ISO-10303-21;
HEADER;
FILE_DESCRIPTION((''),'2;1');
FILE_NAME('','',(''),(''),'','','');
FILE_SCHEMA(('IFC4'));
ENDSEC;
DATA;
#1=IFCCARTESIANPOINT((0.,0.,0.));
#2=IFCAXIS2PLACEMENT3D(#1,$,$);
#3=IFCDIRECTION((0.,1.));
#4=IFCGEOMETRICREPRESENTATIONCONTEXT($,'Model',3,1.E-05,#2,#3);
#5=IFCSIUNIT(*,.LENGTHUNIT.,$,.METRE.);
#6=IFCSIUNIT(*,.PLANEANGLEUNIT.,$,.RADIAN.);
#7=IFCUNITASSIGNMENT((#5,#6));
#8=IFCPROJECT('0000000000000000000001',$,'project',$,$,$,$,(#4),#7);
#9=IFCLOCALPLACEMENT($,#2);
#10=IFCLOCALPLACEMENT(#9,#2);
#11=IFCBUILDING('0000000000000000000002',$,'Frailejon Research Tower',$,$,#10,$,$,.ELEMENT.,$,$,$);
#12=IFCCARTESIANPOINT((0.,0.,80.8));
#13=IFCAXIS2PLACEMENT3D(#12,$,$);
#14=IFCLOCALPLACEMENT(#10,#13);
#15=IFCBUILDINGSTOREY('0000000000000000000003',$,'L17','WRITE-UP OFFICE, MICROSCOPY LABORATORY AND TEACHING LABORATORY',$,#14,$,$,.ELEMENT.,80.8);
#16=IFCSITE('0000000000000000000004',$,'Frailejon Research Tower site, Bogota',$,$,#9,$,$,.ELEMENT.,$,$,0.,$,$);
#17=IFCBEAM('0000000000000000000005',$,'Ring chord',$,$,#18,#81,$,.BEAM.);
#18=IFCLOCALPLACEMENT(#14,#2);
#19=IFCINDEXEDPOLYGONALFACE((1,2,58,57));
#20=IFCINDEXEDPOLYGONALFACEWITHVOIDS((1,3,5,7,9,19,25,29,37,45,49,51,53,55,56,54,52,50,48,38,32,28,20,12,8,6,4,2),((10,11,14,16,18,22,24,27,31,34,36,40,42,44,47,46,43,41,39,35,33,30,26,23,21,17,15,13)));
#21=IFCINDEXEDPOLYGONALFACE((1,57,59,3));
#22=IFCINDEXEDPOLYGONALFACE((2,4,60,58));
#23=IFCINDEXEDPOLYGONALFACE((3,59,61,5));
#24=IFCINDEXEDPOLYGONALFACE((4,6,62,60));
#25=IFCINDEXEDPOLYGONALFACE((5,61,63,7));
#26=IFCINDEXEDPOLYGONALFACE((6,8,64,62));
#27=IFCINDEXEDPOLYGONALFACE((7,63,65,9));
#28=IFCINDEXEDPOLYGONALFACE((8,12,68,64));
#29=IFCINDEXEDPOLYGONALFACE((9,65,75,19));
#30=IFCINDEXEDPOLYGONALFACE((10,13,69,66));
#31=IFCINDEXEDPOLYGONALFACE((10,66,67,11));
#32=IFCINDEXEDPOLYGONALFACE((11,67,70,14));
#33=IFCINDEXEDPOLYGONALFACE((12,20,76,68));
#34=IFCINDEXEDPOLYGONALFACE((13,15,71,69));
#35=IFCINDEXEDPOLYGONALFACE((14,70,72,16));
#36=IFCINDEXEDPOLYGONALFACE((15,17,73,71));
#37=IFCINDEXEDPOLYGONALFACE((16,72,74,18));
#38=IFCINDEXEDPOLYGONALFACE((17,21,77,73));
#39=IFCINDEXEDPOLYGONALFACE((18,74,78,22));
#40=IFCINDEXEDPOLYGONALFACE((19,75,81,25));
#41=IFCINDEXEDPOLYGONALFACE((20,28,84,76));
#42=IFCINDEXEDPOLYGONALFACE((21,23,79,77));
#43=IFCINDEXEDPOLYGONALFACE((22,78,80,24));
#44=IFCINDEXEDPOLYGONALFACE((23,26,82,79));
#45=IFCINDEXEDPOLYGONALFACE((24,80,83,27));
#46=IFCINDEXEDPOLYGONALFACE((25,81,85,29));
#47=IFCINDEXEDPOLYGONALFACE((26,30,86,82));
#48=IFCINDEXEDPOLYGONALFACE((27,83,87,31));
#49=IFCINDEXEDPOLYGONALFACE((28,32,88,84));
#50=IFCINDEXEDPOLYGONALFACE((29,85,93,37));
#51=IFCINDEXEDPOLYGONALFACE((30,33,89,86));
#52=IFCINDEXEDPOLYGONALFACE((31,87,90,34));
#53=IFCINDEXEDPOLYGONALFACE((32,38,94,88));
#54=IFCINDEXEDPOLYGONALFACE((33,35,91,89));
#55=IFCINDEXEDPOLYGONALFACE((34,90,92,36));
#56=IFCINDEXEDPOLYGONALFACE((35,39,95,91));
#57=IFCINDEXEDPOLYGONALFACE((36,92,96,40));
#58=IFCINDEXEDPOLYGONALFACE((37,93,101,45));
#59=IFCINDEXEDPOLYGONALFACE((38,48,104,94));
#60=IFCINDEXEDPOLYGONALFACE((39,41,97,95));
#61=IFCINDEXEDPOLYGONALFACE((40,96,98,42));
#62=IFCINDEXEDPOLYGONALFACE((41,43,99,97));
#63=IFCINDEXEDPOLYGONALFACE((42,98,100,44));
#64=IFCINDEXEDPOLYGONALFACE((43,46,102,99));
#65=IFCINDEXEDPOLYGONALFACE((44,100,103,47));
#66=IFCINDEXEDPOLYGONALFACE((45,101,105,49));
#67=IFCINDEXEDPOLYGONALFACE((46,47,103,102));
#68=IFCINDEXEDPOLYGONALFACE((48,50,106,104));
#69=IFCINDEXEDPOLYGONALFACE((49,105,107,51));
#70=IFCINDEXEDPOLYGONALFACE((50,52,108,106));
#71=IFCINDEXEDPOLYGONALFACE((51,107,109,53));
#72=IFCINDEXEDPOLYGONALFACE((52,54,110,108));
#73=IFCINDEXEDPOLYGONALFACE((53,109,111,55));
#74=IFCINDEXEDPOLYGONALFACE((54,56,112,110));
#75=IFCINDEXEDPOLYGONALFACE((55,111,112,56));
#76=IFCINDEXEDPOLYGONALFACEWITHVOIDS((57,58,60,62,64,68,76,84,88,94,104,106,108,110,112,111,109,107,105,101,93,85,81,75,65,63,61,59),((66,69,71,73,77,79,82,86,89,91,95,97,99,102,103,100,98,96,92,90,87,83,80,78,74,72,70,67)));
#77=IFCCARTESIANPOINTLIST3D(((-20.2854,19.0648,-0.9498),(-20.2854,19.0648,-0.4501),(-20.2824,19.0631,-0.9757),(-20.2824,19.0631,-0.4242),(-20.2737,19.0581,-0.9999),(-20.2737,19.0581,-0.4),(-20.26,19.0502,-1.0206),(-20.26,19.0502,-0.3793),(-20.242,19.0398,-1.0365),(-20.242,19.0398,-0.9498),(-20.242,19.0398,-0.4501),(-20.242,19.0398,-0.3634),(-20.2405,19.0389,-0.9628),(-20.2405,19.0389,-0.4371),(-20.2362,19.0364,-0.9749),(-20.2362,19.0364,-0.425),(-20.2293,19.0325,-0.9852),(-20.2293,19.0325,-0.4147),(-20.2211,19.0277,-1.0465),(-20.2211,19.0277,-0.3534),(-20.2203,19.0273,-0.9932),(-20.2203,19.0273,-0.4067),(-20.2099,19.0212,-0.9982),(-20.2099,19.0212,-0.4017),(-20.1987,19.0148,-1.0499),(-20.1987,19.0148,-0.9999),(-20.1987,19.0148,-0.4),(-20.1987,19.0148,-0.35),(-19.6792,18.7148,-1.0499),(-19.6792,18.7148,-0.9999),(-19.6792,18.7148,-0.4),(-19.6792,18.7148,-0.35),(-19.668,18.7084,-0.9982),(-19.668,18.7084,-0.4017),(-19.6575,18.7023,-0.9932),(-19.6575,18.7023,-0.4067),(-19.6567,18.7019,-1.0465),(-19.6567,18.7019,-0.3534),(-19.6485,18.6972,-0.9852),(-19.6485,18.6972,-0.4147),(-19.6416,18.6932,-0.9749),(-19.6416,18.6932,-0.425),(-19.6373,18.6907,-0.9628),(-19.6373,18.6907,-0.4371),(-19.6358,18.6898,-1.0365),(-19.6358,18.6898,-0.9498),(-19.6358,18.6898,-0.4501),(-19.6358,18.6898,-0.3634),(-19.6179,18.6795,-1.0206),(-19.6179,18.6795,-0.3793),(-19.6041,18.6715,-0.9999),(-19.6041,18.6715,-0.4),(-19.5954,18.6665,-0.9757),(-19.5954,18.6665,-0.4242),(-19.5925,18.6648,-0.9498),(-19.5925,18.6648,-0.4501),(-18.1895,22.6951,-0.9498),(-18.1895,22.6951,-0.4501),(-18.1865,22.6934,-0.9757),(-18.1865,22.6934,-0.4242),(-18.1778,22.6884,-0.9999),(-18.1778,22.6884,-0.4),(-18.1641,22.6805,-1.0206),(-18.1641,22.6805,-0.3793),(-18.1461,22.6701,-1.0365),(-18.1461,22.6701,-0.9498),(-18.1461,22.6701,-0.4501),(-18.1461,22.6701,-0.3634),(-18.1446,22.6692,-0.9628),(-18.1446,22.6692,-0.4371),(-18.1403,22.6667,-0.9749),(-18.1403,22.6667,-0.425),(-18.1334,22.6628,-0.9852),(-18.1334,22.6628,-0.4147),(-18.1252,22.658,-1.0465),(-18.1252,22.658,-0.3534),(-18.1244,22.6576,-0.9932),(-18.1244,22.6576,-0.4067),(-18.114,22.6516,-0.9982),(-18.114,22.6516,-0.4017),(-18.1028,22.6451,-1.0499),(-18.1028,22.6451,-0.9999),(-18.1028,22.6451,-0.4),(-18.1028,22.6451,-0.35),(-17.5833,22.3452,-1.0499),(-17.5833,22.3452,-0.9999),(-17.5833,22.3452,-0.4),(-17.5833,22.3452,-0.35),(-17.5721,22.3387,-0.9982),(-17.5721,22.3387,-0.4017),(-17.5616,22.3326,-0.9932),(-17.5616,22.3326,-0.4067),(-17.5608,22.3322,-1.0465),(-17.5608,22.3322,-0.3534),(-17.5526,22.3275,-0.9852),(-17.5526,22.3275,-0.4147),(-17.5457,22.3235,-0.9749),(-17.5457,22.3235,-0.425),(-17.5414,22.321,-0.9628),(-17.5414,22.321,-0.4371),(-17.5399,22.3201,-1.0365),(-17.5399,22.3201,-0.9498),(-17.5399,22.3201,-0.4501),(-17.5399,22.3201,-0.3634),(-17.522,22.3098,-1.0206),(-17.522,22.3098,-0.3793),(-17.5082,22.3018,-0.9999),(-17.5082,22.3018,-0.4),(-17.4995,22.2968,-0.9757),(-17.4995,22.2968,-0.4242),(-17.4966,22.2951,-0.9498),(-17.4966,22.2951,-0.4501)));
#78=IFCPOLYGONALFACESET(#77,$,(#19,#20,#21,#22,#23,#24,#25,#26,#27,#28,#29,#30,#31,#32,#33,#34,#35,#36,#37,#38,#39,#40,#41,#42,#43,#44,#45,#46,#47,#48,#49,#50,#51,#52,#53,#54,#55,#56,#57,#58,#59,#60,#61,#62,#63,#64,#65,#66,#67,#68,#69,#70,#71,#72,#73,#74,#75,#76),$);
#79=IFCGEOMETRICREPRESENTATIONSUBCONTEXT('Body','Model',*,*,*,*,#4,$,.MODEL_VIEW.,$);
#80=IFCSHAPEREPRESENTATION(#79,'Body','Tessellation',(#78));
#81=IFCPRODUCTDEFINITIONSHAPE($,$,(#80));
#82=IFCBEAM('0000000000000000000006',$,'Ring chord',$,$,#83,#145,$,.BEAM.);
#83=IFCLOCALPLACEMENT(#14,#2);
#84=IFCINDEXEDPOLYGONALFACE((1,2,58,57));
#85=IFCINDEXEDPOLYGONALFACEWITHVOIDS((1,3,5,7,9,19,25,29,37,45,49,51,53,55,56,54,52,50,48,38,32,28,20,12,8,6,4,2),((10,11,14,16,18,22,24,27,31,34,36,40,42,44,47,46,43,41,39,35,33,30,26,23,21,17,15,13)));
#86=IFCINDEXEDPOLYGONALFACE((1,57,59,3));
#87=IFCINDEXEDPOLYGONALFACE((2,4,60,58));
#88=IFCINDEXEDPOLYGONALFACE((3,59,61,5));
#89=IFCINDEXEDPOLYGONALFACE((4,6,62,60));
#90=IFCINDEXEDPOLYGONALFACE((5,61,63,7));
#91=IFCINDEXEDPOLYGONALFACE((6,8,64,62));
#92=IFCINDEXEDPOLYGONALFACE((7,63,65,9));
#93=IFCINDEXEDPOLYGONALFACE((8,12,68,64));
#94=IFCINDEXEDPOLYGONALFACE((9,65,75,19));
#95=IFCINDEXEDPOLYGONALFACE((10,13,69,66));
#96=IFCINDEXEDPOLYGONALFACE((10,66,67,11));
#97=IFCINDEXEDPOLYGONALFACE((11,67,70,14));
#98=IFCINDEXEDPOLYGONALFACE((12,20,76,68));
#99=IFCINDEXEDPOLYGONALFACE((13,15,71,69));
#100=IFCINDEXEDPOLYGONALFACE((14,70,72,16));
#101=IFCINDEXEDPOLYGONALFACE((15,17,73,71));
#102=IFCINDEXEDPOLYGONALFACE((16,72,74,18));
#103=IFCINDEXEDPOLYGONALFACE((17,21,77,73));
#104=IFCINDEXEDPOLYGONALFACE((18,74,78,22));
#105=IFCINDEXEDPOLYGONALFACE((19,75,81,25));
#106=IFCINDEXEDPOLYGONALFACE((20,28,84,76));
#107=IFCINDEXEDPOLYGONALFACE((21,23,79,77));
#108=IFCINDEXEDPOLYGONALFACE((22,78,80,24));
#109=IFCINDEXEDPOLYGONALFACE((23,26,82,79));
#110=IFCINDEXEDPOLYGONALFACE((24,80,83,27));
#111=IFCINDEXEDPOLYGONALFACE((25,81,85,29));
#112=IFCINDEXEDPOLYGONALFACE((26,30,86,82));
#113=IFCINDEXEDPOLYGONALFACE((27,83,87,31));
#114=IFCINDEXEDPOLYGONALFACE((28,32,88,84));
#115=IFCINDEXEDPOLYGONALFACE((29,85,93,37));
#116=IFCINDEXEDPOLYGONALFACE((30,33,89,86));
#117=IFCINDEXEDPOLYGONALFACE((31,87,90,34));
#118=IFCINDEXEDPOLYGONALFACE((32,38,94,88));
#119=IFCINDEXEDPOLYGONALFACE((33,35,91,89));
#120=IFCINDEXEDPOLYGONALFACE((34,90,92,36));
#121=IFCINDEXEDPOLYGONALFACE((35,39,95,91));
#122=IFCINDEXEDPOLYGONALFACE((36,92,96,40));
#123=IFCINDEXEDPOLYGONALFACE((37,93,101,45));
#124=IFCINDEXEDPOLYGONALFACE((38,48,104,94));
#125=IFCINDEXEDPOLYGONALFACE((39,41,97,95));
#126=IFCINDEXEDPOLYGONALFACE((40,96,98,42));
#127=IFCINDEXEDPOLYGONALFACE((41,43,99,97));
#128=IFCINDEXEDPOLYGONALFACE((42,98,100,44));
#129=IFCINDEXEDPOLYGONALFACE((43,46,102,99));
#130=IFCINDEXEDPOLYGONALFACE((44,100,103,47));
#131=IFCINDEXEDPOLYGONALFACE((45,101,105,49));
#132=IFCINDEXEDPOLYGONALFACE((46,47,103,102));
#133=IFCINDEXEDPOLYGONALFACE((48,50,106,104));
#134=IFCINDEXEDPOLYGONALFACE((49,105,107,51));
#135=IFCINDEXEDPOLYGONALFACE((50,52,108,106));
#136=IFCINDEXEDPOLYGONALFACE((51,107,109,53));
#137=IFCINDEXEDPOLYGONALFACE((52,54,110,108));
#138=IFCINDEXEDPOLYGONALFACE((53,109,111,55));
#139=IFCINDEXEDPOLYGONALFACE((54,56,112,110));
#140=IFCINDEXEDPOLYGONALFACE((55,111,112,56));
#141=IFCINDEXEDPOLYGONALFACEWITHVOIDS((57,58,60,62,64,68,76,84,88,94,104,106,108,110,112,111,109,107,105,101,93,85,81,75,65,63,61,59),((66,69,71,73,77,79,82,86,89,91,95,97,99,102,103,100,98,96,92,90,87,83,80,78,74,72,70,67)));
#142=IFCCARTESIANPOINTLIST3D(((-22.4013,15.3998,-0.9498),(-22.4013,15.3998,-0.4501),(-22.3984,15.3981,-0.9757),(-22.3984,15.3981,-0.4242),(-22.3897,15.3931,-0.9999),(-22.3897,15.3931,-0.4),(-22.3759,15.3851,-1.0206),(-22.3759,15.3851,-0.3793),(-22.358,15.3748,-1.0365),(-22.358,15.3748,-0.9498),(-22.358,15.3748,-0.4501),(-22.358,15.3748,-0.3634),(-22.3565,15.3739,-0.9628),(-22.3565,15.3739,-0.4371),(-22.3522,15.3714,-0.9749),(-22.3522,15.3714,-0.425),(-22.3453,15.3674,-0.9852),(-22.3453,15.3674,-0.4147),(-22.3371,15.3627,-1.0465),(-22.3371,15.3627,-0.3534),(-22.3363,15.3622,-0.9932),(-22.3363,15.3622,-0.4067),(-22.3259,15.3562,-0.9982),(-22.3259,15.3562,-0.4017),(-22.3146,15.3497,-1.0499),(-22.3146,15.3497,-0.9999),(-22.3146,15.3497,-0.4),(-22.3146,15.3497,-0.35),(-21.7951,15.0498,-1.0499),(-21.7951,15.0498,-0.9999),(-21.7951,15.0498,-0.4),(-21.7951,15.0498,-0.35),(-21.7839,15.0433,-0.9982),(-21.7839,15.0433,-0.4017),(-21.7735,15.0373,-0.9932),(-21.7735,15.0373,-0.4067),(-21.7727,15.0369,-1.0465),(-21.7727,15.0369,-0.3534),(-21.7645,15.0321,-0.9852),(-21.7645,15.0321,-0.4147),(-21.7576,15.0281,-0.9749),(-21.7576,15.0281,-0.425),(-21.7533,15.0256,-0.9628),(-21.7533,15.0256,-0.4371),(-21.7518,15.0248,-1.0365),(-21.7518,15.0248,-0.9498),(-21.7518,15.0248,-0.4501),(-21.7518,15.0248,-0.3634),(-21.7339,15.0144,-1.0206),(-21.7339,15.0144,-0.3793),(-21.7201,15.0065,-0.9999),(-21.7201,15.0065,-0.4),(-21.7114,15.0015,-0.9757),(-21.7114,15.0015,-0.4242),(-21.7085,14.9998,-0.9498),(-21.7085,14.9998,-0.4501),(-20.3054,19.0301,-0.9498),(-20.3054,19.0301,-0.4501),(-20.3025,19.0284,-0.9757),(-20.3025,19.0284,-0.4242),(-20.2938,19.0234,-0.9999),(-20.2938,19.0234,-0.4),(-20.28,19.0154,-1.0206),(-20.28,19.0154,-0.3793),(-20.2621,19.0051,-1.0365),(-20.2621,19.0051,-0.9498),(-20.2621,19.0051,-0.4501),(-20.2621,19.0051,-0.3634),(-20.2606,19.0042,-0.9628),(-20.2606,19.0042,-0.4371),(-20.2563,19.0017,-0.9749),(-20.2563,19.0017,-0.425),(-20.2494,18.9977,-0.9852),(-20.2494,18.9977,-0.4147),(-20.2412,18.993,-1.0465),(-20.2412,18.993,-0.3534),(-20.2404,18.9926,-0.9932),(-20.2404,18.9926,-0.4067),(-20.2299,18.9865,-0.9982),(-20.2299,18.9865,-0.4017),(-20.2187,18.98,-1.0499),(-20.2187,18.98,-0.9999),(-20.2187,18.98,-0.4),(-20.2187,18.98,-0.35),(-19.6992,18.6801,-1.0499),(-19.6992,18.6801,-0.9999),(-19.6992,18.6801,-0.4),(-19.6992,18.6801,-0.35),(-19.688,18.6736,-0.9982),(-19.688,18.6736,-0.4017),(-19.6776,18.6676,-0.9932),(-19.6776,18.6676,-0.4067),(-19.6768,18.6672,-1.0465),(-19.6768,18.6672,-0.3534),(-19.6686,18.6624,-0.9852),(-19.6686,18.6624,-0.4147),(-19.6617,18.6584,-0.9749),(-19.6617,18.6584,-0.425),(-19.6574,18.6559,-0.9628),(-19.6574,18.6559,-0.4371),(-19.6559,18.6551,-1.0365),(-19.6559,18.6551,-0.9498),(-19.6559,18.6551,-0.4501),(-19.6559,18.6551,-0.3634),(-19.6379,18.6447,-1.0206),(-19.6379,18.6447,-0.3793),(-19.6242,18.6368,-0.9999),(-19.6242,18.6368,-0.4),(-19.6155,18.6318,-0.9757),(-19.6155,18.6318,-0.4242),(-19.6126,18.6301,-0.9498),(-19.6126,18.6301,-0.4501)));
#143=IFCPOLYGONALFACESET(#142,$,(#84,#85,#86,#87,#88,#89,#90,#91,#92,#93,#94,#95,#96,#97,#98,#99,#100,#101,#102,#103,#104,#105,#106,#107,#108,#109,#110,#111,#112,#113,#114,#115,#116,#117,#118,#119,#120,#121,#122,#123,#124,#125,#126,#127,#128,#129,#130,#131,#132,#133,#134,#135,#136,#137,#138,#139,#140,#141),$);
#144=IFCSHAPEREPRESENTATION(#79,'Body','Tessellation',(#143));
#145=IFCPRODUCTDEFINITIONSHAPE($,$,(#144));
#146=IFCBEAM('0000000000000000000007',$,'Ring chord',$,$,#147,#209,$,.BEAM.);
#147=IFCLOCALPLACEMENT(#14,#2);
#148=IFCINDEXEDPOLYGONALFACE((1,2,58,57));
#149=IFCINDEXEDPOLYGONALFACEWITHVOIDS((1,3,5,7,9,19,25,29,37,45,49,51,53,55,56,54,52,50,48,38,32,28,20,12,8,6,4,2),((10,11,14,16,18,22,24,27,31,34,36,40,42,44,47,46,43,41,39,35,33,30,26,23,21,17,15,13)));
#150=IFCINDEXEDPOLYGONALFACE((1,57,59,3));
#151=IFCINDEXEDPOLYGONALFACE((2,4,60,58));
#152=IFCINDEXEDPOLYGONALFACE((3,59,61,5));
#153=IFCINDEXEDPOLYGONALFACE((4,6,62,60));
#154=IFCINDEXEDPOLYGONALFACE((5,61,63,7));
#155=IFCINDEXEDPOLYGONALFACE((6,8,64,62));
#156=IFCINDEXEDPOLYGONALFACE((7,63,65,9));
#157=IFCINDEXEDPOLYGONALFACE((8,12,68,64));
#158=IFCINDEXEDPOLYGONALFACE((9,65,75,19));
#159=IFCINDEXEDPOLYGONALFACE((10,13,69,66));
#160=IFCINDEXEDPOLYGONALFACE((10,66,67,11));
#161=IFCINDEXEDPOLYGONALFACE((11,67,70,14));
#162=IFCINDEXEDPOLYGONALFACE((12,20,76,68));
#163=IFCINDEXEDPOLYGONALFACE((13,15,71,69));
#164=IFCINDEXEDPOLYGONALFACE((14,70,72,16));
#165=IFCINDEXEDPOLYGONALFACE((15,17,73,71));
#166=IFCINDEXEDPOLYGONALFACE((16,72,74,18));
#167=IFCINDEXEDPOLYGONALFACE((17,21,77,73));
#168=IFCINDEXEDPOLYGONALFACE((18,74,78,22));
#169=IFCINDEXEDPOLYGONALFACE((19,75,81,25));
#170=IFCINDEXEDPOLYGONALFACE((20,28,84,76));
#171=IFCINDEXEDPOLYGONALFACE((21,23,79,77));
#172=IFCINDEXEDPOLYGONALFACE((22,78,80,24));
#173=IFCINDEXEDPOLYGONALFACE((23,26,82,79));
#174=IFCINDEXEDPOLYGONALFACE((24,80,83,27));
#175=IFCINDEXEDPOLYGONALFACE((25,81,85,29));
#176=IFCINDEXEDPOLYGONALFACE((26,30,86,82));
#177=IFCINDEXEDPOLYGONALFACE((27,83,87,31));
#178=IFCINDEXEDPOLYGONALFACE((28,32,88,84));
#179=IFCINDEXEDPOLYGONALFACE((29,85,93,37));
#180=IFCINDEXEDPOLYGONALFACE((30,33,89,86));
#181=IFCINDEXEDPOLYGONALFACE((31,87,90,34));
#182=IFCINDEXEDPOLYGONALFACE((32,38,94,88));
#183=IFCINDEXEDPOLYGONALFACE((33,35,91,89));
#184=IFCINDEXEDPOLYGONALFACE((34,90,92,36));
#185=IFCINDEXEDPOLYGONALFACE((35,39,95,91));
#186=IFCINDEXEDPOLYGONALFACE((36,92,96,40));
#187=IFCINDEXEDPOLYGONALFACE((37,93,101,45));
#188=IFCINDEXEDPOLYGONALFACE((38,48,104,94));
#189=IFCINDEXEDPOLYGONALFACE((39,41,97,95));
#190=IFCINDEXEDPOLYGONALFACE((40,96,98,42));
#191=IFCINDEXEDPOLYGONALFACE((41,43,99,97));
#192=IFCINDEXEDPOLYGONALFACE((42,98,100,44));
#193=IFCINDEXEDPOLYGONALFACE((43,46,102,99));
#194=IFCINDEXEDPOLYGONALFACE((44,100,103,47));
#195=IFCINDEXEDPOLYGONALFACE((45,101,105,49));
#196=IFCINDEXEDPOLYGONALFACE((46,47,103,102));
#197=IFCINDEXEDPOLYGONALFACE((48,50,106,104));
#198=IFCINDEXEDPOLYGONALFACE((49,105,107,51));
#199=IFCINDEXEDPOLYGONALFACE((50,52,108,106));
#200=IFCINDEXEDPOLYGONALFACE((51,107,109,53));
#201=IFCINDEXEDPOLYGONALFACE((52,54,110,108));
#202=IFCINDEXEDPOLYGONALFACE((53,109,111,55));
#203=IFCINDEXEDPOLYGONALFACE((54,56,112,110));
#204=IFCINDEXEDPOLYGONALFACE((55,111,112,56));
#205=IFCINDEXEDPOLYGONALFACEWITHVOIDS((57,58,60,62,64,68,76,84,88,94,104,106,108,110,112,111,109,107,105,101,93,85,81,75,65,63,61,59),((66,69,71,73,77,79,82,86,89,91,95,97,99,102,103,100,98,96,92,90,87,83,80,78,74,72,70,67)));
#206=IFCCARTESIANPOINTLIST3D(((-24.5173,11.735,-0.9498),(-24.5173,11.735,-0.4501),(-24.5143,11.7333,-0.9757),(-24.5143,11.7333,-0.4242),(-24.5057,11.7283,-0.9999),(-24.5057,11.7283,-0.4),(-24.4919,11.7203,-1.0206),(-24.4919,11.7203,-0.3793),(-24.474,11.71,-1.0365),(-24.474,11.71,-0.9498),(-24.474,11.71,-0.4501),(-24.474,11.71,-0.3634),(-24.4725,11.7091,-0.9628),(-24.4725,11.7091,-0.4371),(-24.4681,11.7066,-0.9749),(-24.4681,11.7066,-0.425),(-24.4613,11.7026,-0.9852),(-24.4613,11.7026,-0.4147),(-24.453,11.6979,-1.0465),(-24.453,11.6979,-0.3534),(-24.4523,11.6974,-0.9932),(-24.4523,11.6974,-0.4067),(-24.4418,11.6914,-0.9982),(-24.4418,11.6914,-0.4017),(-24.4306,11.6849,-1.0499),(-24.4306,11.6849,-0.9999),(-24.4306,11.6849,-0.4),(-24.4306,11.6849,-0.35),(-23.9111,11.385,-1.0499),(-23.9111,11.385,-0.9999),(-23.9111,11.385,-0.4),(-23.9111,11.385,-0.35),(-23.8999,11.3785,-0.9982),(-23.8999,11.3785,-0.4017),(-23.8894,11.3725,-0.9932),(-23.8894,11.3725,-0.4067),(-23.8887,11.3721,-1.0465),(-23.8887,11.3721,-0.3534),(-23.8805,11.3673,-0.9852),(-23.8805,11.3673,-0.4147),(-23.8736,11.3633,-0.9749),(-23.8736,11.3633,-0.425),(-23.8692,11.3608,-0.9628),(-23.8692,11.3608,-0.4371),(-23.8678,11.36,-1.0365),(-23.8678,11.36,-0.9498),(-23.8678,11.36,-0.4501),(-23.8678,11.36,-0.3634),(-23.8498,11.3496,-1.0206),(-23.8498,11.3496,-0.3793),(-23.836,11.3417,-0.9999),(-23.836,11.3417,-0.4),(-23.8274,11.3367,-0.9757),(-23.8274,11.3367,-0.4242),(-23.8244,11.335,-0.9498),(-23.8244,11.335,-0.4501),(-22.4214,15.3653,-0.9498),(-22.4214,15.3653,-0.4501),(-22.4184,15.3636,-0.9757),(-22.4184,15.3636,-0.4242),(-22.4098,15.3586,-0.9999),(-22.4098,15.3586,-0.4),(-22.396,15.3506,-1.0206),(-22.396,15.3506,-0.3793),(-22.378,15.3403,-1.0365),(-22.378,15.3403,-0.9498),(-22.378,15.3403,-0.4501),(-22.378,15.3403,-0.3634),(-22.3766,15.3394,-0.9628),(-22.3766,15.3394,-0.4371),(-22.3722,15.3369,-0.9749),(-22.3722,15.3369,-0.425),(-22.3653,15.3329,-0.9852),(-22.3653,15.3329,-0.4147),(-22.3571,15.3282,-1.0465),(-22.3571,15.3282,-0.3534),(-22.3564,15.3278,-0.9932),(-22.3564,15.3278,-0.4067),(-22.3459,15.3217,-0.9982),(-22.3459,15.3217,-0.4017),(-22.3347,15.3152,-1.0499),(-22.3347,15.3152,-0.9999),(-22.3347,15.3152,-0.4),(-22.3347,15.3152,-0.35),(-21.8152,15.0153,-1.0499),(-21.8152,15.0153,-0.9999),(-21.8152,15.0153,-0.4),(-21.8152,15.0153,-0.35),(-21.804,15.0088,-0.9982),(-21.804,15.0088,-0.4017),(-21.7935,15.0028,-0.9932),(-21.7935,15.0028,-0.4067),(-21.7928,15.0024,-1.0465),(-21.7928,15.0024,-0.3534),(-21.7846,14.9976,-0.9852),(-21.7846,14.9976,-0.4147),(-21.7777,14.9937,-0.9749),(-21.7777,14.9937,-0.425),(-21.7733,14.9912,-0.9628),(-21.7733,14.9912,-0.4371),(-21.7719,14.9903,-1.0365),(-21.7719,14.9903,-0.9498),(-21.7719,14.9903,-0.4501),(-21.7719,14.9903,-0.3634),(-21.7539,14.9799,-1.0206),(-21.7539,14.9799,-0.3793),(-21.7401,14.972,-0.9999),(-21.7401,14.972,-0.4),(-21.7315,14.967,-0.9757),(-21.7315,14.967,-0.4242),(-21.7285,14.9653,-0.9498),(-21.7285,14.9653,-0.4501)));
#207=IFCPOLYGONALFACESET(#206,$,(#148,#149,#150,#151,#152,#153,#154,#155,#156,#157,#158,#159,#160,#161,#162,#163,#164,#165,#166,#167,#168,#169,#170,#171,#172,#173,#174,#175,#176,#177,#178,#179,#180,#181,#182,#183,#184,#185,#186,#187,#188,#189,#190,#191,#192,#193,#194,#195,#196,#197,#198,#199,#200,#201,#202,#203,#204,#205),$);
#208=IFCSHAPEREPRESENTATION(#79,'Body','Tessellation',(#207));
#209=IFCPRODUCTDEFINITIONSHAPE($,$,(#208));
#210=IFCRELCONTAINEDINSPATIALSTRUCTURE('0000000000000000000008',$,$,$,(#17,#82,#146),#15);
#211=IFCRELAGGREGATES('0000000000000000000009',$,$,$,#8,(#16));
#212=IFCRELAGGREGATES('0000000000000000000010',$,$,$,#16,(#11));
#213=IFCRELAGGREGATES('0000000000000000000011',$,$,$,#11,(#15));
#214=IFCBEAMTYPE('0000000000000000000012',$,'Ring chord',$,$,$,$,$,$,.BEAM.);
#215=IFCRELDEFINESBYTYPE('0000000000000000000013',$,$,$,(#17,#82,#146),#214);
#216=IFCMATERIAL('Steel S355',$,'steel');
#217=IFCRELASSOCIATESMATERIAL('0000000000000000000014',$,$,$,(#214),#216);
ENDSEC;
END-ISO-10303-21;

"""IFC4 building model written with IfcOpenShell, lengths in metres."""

from ifc_helpers import new_model, si_unit, direction, frame, origin, origin_2d, place, context, subcontext, project, spatial, hollow_rectangle, extrude, material, material_profile, profile_set, type_object, element, save


model = new_model("IFC4")

# Units and contexts
model_context = context("Model", 3, precision=1e-05, world=origin(), true_north=direction((0.0, 1.0)))
body_context = subcontext(model_context, "Body", "Model", "MODEL_VIEW")
ifc_project = project(units=[si_unit("LENGTHUNIT", "METRE"), si_unit("PLANEANGLEUNIT", "RADIAN")], contexts=[model_context])

# Site, building, storey
site_placement = place(None, origin())
site = spatial("IfcSite", under=ifc_project, at=site_placement, Name="Frailejon Research Tower site, Bogota", CompositionType="ELEMENT", RefElevation=0.0)
building_placement = place(site_placement, origin())
building = spatial("IfcBuilding", under=site, at=building_placement, Name="Frailejon Research Tower", CompositionType="ELEMENT")
storey_placement = place(building_placement, frame((0.0, 0.0, 80.8)))
storey = spatial("IfcBuildingStorey", under=building, at=storey_placement, Name="L17", Description="WRITE-UP OFFICE, MICROSCOPY LABORATORY AND TEACHING LABORATORY", CompositionType="ELEMENT", Elevation=80.8)

# Beams
ifc_material_1 = material(Name="Steel S355", Category="steel")
ifc_material_profile_1 = material_profile(ifc_material_1, hollow_rectangle(XDim=0.8, YDim=0.7, WallThickness=0.05, InnerFilletRadius=0.05, OuterFilletRadius=0.1001, at=origin_2d()), Name="Ring chord")
ifc_profile_set_1 = profile_set([ifc_material_profile_1], Name="Steel S355")
beam_type_1 = type_object("IfcBeamType", Name="Ring chord", PredefinedType="BEAM", material=ifc_profile_set_1)
for number, where, z_axis, x_axis, name in (
    (1, (-17.843, 22.4951, -0.7), (-0.499991, -0.86603, 0.0), (0.86603, -0.499991, 0.0), "Ring chord"),
    (2, (-19.959, 18.8301, -0.7), (-0.499991, -0.86603, 0.0), (0.86603, -0.499991, 0.0), "Ring chord"),
    (3, (-22.075, 15.1653, -0.7), (-0.499991, -0.86603, 0.0), (0.86603, -0.499991, 0.0), "Ring chord"),
):
    element("IfcBeam", number, at=place(storey_placement, frame(where, z_axis=z_axis, x_axis=x_axis)), inside=storey, type_object=beam_type_1, Name=name, PredefinedType="BEAM", context=body_context, shape_type="SweptSolid", body=[
        extrude(hollow_rectangle(XDim=0.8, YDim=0.7, WallThickness=0.05, InnerFilletRadius=0.05, OuterFilletRadius=0.1001, at=origin_2d()), origin(), (0.0, 0.0, 1.0), 4.1919),
    ])

save(model, "model.ifc")
